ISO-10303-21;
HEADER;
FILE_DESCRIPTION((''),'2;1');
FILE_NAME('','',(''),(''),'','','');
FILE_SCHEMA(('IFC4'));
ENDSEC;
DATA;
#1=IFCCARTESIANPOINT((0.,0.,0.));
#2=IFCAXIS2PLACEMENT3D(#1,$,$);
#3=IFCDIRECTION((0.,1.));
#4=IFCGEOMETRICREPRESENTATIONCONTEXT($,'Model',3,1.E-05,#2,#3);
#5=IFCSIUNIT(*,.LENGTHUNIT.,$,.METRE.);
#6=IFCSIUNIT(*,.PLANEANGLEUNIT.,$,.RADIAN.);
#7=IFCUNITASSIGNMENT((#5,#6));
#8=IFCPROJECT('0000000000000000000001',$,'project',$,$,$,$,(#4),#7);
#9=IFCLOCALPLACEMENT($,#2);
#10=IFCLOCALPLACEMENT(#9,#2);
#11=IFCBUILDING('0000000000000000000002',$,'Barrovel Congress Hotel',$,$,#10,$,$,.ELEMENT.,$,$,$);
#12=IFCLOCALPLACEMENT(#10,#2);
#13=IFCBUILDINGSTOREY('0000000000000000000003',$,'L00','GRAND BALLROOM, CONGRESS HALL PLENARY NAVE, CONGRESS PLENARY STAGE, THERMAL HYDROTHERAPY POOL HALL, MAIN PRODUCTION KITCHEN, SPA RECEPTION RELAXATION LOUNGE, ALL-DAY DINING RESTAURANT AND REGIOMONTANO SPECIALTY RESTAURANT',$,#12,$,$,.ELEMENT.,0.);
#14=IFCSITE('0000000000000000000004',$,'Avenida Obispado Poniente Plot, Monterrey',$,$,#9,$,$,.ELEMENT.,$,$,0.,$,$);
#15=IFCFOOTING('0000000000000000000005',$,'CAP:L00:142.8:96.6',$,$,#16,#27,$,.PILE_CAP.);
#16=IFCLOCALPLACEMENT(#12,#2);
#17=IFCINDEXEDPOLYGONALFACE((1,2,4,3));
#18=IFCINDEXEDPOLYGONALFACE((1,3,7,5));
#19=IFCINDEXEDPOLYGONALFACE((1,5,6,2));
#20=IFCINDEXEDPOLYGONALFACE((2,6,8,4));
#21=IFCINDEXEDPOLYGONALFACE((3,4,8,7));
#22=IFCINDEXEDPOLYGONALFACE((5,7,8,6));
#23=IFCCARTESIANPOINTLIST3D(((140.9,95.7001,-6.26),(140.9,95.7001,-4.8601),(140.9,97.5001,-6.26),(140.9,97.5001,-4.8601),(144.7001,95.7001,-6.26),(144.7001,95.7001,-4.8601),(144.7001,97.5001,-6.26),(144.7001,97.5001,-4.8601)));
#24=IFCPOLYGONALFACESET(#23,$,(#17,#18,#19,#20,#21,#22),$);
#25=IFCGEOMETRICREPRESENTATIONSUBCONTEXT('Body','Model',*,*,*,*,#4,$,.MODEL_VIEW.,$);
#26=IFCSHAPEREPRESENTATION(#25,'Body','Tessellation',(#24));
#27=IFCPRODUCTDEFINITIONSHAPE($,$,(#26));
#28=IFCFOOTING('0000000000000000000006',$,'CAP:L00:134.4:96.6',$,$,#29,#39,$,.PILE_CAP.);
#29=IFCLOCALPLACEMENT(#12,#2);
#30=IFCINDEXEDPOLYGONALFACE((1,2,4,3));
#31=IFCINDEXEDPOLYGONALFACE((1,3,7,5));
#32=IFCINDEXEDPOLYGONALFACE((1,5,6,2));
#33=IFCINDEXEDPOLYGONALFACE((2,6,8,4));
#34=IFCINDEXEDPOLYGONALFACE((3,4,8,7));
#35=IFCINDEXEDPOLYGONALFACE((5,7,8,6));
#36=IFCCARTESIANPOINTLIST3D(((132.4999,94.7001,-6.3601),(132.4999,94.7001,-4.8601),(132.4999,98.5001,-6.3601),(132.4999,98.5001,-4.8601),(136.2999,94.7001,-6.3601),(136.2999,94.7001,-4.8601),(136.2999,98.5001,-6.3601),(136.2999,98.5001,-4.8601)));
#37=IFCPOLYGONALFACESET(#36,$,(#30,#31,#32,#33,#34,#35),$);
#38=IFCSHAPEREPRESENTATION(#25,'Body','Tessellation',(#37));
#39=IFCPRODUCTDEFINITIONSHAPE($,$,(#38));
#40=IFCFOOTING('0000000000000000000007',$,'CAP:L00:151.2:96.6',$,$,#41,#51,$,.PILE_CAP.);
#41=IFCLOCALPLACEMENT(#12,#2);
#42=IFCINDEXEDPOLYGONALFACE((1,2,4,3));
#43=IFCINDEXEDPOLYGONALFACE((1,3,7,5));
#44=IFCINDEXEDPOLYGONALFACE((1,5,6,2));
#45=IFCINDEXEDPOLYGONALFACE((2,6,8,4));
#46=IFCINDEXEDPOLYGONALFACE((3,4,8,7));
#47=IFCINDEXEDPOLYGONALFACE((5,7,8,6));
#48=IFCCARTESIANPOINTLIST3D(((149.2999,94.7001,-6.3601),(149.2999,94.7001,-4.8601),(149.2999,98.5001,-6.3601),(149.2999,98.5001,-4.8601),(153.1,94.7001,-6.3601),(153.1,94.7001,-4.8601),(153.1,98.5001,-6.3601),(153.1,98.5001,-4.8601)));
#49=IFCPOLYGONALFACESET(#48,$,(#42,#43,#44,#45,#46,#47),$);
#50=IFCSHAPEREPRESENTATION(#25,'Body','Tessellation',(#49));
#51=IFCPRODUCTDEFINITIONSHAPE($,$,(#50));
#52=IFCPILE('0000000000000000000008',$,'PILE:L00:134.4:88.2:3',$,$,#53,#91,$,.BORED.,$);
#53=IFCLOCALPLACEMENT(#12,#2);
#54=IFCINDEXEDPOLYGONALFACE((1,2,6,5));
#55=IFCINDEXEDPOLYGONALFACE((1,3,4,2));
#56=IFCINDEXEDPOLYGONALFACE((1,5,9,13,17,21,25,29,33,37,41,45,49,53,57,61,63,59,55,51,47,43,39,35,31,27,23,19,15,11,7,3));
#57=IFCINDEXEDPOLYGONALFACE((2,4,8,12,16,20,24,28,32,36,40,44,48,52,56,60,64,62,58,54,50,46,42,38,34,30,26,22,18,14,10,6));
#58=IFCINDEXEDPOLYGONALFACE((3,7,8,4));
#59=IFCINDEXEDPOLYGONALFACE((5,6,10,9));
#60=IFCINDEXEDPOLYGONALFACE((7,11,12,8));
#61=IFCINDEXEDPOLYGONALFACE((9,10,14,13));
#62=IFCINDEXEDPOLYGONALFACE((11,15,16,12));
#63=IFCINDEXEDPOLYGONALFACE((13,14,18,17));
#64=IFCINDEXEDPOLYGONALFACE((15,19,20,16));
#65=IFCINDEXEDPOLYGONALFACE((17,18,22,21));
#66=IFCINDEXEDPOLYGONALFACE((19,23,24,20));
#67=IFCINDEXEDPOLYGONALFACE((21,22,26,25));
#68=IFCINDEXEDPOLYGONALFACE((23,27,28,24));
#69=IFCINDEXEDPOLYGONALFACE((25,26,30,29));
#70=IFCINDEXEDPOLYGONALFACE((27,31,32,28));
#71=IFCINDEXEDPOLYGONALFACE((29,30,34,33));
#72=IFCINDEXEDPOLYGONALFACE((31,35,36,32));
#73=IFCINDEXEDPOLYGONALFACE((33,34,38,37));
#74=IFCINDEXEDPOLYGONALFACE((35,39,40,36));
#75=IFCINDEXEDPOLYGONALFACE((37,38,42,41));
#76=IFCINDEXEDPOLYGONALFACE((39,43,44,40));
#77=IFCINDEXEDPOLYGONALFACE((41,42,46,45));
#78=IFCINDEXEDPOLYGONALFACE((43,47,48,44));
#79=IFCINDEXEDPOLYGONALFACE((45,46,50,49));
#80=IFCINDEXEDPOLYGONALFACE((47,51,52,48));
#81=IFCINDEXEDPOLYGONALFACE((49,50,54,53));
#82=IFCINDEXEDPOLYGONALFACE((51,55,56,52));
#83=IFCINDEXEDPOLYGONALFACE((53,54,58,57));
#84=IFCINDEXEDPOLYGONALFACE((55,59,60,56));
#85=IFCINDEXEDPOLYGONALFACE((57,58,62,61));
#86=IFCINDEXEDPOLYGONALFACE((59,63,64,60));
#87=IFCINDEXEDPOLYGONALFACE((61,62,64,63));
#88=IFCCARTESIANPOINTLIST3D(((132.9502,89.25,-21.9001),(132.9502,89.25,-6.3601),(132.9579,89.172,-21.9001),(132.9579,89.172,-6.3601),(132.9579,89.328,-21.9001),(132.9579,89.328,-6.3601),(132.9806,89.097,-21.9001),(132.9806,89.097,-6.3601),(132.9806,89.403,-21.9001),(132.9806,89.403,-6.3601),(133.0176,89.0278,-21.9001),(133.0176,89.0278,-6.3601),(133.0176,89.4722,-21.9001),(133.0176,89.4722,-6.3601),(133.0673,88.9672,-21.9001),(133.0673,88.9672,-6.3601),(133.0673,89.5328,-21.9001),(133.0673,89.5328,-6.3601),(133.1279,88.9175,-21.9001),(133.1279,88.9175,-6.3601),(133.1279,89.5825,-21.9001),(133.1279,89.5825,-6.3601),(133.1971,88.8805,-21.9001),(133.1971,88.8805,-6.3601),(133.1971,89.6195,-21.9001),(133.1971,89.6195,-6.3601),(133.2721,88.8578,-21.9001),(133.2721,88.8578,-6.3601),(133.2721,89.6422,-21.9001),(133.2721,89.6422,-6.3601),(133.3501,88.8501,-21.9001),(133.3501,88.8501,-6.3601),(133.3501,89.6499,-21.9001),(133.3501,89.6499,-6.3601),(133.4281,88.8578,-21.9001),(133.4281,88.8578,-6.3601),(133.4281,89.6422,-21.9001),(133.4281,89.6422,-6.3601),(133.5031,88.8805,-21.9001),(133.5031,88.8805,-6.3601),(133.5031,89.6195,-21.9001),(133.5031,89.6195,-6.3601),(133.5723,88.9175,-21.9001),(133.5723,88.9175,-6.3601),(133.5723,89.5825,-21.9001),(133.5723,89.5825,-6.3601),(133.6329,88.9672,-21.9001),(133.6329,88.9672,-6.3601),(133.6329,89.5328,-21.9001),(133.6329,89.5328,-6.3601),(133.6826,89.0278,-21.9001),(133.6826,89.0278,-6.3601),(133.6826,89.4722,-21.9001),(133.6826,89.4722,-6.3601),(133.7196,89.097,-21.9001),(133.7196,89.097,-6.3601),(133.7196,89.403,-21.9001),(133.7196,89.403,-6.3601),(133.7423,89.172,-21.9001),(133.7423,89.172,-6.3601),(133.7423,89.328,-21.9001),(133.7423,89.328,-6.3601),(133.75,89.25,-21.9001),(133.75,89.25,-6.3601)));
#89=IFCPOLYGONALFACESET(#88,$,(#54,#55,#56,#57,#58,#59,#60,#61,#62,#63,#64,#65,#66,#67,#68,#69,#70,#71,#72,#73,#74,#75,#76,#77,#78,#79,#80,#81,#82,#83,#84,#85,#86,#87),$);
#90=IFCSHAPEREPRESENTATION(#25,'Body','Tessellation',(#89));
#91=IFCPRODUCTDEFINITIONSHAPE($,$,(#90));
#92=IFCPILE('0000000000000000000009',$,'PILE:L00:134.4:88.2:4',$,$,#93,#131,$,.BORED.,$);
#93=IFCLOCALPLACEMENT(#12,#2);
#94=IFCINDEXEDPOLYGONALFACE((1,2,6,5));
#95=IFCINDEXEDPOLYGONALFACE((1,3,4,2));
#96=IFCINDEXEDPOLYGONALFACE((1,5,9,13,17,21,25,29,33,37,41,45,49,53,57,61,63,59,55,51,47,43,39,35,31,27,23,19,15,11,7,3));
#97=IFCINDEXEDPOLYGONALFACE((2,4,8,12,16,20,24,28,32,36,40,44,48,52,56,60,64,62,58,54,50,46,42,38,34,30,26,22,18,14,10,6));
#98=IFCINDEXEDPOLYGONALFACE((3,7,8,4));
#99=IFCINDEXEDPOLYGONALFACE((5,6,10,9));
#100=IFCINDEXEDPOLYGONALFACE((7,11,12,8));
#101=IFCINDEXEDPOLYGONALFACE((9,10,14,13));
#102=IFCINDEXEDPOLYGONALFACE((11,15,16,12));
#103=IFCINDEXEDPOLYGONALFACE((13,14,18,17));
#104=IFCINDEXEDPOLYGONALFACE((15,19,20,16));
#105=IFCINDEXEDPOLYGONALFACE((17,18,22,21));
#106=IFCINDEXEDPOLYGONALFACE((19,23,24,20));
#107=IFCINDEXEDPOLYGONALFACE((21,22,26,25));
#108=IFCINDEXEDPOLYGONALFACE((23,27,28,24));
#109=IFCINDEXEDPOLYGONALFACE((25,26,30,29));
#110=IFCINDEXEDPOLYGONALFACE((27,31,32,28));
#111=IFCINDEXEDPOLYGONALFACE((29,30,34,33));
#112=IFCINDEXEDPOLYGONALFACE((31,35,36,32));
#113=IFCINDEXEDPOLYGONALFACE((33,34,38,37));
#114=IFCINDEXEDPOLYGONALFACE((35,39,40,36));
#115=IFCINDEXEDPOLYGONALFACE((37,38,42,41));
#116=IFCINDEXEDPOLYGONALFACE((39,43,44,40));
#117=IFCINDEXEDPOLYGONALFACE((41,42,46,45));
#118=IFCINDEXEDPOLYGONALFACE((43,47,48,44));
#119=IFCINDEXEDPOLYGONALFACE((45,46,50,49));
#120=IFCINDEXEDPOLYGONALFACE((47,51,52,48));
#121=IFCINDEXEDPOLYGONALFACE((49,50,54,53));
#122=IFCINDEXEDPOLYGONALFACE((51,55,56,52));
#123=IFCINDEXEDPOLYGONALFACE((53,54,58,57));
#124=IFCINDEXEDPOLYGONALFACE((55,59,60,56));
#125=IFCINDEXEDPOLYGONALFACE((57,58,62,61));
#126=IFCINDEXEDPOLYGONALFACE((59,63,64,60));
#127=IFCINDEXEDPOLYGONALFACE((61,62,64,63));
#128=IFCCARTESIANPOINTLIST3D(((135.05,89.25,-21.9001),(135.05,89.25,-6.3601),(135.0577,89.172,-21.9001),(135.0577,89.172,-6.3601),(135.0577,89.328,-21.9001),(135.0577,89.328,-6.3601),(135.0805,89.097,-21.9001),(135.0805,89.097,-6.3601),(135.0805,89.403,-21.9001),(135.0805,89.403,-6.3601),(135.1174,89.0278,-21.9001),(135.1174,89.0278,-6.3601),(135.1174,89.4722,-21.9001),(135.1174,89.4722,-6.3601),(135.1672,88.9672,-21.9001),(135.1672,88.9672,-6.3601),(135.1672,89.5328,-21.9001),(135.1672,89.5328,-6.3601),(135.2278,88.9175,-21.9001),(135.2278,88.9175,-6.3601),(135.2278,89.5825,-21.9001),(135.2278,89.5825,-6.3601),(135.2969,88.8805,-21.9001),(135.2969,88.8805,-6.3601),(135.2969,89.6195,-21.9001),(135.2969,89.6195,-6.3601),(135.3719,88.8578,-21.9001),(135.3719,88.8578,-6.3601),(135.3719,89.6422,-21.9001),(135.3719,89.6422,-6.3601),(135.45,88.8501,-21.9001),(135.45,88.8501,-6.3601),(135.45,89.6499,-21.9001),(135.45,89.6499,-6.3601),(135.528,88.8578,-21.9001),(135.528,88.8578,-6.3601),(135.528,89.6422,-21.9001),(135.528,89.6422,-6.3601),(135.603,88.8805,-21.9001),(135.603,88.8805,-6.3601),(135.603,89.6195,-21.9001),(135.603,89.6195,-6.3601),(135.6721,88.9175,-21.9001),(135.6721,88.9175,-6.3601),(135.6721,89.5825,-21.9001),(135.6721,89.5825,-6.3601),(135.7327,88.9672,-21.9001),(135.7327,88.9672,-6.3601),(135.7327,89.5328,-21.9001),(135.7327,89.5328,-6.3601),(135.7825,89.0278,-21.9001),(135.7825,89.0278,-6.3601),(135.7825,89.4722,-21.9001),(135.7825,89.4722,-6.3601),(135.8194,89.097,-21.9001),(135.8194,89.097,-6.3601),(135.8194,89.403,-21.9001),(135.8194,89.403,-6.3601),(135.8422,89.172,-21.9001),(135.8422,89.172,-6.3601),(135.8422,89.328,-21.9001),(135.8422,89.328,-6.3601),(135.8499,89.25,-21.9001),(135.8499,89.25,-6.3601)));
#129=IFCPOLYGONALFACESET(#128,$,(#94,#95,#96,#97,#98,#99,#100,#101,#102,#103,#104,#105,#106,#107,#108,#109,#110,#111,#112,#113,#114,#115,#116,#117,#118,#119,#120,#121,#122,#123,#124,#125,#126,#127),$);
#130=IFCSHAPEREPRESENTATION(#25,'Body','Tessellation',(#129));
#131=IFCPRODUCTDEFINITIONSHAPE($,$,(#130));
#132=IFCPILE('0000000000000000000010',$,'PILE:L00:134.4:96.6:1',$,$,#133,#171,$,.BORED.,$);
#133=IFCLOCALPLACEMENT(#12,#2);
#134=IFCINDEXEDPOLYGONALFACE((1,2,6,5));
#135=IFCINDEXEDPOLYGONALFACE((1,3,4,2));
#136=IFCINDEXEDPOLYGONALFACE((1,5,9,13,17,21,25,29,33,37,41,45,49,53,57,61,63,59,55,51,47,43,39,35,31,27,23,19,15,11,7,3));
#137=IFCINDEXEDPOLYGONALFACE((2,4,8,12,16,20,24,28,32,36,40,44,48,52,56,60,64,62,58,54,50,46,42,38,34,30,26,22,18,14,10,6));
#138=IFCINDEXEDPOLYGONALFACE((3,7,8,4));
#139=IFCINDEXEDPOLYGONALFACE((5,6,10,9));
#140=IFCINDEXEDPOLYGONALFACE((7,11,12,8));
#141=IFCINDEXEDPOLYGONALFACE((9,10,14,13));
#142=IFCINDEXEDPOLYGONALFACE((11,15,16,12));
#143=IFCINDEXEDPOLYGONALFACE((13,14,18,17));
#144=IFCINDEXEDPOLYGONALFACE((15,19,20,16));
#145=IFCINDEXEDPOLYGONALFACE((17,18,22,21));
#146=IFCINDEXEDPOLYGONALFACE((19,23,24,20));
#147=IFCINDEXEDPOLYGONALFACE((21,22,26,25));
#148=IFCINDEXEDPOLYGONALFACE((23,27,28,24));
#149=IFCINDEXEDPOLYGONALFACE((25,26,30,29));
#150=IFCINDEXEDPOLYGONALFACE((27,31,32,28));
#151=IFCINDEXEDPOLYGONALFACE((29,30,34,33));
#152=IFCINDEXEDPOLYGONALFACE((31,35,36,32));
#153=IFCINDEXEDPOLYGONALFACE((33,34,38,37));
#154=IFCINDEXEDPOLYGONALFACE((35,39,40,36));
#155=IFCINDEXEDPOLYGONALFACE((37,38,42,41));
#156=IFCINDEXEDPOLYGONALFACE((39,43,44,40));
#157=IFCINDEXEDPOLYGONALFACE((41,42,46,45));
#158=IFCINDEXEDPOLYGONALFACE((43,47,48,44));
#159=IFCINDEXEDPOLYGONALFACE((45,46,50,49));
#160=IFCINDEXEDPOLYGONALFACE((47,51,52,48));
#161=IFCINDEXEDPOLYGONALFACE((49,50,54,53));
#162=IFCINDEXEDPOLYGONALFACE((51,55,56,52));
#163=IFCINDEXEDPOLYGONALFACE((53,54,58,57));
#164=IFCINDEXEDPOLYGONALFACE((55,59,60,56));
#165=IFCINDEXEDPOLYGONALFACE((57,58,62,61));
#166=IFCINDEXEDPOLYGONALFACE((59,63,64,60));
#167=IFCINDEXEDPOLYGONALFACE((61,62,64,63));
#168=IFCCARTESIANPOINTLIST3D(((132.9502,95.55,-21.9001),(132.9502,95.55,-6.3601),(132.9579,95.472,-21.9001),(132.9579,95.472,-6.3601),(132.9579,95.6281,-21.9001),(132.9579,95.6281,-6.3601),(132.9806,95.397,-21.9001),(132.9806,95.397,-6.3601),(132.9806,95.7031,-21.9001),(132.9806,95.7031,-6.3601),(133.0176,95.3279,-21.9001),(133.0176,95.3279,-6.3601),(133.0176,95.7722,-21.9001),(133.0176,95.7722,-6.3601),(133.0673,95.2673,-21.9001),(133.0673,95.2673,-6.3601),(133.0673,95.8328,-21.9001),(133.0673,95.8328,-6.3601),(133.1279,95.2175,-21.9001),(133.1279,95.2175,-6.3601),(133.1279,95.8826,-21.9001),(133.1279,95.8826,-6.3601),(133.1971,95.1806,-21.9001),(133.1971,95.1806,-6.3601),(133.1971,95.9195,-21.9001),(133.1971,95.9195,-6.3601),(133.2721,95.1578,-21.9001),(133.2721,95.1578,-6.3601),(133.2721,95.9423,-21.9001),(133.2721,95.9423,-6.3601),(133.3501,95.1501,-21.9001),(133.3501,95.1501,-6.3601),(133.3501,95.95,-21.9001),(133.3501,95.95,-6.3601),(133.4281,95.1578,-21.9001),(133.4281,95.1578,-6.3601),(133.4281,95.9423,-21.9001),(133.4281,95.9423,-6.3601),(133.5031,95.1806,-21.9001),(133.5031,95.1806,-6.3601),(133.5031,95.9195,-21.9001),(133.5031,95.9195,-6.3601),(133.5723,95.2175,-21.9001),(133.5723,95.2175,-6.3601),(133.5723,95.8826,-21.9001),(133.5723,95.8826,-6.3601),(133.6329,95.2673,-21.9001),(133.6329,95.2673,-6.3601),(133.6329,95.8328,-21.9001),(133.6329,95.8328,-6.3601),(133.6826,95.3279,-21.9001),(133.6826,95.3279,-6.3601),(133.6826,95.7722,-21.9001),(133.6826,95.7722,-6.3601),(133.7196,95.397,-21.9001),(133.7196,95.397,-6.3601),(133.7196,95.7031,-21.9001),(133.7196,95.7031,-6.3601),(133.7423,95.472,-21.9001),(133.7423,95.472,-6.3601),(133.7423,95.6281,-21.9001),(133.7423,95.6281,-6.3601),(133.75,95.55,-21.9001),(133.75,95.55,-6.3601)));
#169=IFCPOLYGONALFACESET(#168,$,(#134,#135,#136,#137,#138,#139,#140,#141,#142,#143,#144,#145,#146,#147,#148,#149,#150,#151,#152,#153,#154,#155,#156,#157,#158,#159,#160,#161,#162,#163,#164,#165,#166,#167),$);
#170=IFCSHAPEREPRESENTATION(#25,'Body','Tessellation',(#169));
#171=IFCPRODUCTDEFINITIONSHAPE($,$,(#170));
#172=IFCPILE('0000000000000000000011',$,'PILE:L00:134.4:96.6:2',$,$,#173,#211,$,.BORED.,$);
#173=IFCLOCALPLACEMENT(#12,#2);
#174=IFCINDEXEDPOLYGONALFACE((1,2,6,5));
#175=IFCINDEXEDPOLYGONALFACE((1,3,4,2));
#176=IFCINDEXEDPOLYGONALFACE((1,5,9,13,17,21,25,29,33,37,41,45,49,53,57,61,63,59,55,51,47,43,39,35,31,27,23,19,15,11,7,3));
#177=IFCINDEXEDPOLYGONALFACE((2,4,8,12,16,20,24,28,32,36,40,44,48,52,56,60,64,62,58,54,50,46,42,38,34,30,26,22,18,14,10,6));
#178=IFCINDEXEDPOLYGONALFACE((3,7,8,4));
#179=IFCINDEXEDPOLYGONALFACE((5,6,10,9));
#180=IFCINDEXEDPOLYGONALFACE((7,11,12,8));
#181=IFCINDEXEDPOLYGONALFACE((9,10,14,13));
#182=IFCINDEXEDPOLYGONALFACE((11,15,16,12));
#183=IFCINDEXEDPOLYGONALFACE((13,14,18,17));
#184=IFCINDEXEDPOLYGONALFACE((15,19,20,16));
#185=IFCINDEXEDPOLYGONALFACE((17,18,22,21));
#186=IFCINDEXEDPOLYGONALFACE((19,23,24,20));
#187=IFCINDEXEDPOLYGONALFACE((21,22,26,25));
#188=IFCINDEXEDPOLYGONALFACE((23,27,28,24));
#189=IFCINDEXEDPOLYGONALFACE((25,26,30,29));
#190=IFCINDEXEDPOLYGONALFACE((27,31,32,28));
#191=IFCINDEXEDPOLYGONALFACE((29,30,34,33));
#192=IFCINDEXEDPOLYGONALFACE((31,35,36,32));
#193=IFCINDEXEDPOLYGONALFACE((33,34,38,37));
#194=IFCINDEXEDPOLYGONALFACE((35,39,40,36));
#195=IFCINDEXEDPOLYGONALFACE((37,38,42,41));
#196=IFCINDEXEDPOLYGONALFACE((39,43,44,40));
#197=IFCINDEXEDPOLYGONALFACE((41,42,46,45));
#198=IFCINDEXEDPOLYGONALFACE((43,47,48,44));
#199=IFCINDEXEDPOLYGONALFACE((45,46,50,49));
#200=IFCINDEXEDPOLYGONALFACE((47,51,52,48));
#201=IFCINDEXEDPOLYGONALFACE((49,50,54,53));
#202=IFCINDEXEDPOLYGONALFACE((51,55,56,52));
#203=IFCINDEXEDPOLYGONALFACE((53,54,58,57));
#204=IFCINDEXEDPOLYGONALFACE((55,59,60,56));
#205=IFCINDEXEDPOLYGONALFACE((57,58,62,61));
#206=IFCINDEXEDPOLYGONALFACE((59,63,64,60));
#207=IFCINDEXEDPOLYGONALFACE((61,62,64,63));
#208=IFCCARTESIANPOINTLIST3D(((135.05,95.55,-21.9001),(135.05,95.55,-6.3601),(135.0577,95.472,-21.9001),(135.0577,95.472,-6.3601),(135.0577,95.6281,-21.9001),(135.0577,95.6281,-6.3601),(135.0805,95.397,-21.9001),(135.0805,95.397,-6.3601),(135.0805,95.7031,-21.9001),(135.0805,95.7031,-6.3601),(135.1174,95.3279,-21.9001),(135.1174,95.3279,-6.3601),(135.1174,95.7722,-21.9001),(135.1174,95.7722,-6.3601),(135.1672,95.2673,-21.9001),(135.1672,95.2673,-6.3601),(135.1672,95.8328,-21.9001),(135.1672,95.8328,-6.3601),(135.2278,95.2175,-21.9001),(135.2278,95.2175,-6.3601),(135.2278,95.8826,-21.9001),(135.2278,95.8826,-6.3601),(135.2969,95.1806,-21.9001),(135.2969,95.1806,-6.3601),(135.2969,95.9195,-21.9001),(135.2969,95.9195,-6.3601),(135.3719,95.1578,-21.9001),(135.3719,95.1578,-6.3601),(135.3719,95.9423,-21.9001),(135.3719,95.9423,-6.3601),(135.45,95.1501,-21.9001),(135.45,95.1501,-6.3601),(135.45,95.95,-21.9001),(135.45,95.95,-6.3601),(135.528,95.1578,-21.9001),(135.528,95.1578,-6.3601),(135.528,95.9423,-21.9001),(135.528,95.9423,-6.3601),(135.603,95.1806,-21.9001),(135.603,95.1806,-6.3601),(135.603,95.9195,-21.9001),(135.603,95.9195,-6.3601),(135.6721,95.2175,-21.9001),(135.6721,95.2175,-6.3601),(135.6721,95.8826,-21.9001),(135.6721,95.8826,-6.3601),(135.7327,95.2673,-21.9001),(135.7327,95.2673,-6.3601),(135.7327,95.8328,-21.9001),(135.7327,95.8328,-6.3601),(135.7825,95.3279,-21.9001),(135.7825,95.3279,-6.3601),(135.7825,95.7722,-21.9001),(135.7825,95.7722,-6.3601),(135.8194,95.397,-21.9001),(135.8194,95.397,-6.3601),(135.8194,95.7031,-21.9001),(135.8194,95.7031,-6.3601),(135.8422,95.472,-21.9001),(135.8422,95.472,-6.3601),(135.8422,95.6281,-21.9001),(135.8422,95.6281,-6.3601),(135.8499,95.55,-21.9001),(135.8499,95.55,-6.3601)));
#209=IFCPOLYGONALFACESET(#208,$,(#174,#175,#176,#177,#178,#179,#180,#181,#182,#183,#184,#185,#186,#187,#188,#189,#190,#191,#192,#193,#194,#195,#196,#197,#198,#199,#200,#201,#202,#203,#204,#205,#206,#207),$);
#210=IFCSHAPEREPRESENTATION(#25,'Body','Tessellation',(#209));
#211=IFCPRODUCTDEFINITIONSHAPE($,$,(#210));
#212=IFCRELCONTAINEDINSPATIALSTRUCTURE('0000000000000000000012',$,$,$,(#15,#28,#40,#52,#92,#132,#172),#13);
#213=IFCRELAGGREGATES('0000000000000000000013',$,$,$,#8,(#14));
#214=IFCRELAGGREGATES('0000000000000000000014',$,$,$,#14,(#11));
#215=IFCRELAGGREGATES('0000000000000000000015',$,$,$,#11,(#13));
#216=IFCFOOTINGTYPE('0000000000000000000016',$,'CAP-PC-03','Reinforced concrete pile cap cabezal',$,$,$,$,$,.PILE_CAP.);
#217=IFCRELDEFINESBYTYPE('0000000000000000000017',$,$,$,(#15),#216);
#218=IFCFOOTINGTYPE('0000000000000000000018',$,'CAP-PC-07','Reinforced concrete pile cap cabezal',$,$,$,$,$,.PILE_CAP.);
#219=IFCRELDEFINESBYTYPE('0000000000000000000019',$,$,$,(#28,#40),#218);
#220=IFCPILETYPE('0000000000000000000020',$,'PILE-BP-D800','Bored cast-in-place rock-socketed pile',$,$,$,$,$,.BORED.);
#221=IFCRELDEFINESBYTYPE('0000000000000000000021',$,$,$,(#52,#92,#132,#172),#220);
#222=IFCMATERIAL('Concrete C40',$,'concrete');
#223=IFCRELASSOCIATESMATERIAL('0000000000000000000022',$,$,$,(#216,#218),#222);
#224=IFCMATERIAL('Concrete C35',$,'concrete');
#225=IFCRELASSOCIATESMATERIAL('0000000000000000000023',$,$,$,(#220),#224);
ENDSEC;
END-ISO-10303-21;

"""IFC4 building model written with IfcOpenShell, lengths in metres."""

from ifc_helpers import new_model, si_unit, direction, frame, origin, origin_2d, place, context, subcontext, project, spatial, rectangle, circle, extrude, material, material_profile, profile_set, type_object, element, save


model = new_model("IFC4")

# Units and contexts
model_context = context("Model", 3, precision=1e-05, world=origin(), true_north=direction((0.0, 1.0)))
body_context = subcontext(model_context, "Body", "Model", "MODEL_VIEW")
ifc_project = project(units=[si_unit("LENGTHUNIT", "METRE"), si_unit("PLANEANGLEUNIT", "RADIAN")], contexts=[model_context])

# Site, building, storey
site_placement = place(None, origin())
site = spatial("IfcSite", under=ifc_project, at=site_placement, Name="Avenida Obispado Poniente Plot, Monterrey", CompositionType="ELEMENT", RefElevation=0.0)
building_placement = place(site_placement, origin())
building = spatial("IfcBuilding", under=site, at=building_placement, Name="Barrovel Congress Hotel", CompositionType="ELEMENT")
storey_placement = place(building_placement, origin())
storey = spatial("IfcBuildingStorey", under=building, at=storey_placement, Name="L00", Description="GRAND BALLROOM, CONGRESS HALL PLENARY NAVE, CONGRESS PLENARY STAGE, THERMAL HYDROTHERAPY POOL HALL, MAIN PRODUCTION KITCHEN, SPA RECEPTION RELAXATION LOUNGE, ALL-DAY DINING RESTAURANT AND REGIOMONTANO SPECIALTY RESTAURANT", CompositionType="ELEMENT", Elevation=0.0)

# Footings
ifc_material_1 = material(Name="Concrete C40", Category="concrete")
footing_type_1 = type_object("IfcFootingType", Name="CAP-PC-03", Description="Reinforced concrete pile cap cabezal", PredefinedType="PILE_CAP", material=ifc_material_1)
footing_placement = place(storey_placement, frame((142.8, 96.6001, -6.26), z_axis=(0.0, 0.0, 1.0), x_axis=(1.0, 0.0, 0.0)))
element("IfcFooting", 1, at=footing_placement, inside=storey, type_object=footing_type_1, Name="CAP:L00:142.8:96.6", PredefinedType="PILE_CAP", context=body_context, shape_type="SweptSolid", body=[
    extrude(rectangle(XDim=3.8, YDim=1.8, at=origin_2d()), origin(), (0.0, 0.0, 1.0), 1.3999),
])
footing_type_2 = type_object("IfcFootingType", Name="CAP-PC-07", Description="Reinforced concrete pile cap cabezal", PredefinedType="PILE_CAP", material=ifc_material_1)
for number, where, z_axis, x_axis, name in (
    (2, (134.3999, 96.6001, -6.3601), (0.0, 0.0, 1.0), (1.0, 0.0, 0.0), "CAP:L00:134.4:96.6"),
    (3, (151.2, 96.6001, -6.3601), (0.0, 0.0, 1.0), (1.0, 0.0, 0.0), "CAP:L00:151.2:96.6"),
):
    element("IfcFooting", number, at=place(storey_placement, frame(where, z_axis=z_axis, x_axis=x_axis)), inside=storey, type_object=footing_type_2, Name=name, PredefinedType="PILE_CAP", context=body_context, shape_type="SweptSolid", body=[
        extrude(rectangle(XDim=3.8, YDim=3.8, at=origin_2d()), origin(), (0.0, 0.0, 1.0), 1.5),
    ])

# Piles
ifc_material_2 = material(Name="Concrete C35", Category="concrete")
ifc_material_profile_1 = material_profile(ifc_material_2, circle(Radius=0.3999, at=origin_2d()), Name="BP-D800")
ifc_profile_set_1 = profile_set([ifc_material_profile_1], Name="Concrete C35")
pile_type = type_object("IfcPileType", Name="PILE-BP-D800", Description="Bored cast-in-place rock-socketed pile", PredefinedType="BORED", material=ifc_profile_set_1)
for number, where, z_axis, x_axis, name in (
    (4, (133.3501, 89.25, -6.3601), (0.0, 0.0, -1.0), (1.0, 0.0, 0.0), "PILE:L00:134.4:88.2:3"),
    (5, (135.45, 89.25, -6.3601), (0.0, 0.0, -1.0), (1.0, 0.0, 0.0), "PILE:L00:134.4:88.2:4"),
    (6, (133.3501, 95.55, -6.3601), (0.0, 0.0, -1.0), (1.0, 0.0, 0.0), "PILE:L00:134.4:96.6:1"),
    (7, (135.45, 95.55, -6.3601), (0.0, 0.0, -1.0), (1.0, 0.0, 0.0), "PILE:L00:134.4:96.6:2"),
):
    element("IfcPile", number, at=place(storey_placement, frame(where, z_axis=z_axis, x_axis=x_axis)), inside=storey, type_object=pile_type, Name=name, PredefinedType="BORED", context=body_context, shape_type="SweptSolid", body=[
        extrude(circle(Radius=0.3999, at=origin_2d()), origin(), (0.0, 0.0, 1.0), 15.54),
    ])

save(model, "model.ifc")
